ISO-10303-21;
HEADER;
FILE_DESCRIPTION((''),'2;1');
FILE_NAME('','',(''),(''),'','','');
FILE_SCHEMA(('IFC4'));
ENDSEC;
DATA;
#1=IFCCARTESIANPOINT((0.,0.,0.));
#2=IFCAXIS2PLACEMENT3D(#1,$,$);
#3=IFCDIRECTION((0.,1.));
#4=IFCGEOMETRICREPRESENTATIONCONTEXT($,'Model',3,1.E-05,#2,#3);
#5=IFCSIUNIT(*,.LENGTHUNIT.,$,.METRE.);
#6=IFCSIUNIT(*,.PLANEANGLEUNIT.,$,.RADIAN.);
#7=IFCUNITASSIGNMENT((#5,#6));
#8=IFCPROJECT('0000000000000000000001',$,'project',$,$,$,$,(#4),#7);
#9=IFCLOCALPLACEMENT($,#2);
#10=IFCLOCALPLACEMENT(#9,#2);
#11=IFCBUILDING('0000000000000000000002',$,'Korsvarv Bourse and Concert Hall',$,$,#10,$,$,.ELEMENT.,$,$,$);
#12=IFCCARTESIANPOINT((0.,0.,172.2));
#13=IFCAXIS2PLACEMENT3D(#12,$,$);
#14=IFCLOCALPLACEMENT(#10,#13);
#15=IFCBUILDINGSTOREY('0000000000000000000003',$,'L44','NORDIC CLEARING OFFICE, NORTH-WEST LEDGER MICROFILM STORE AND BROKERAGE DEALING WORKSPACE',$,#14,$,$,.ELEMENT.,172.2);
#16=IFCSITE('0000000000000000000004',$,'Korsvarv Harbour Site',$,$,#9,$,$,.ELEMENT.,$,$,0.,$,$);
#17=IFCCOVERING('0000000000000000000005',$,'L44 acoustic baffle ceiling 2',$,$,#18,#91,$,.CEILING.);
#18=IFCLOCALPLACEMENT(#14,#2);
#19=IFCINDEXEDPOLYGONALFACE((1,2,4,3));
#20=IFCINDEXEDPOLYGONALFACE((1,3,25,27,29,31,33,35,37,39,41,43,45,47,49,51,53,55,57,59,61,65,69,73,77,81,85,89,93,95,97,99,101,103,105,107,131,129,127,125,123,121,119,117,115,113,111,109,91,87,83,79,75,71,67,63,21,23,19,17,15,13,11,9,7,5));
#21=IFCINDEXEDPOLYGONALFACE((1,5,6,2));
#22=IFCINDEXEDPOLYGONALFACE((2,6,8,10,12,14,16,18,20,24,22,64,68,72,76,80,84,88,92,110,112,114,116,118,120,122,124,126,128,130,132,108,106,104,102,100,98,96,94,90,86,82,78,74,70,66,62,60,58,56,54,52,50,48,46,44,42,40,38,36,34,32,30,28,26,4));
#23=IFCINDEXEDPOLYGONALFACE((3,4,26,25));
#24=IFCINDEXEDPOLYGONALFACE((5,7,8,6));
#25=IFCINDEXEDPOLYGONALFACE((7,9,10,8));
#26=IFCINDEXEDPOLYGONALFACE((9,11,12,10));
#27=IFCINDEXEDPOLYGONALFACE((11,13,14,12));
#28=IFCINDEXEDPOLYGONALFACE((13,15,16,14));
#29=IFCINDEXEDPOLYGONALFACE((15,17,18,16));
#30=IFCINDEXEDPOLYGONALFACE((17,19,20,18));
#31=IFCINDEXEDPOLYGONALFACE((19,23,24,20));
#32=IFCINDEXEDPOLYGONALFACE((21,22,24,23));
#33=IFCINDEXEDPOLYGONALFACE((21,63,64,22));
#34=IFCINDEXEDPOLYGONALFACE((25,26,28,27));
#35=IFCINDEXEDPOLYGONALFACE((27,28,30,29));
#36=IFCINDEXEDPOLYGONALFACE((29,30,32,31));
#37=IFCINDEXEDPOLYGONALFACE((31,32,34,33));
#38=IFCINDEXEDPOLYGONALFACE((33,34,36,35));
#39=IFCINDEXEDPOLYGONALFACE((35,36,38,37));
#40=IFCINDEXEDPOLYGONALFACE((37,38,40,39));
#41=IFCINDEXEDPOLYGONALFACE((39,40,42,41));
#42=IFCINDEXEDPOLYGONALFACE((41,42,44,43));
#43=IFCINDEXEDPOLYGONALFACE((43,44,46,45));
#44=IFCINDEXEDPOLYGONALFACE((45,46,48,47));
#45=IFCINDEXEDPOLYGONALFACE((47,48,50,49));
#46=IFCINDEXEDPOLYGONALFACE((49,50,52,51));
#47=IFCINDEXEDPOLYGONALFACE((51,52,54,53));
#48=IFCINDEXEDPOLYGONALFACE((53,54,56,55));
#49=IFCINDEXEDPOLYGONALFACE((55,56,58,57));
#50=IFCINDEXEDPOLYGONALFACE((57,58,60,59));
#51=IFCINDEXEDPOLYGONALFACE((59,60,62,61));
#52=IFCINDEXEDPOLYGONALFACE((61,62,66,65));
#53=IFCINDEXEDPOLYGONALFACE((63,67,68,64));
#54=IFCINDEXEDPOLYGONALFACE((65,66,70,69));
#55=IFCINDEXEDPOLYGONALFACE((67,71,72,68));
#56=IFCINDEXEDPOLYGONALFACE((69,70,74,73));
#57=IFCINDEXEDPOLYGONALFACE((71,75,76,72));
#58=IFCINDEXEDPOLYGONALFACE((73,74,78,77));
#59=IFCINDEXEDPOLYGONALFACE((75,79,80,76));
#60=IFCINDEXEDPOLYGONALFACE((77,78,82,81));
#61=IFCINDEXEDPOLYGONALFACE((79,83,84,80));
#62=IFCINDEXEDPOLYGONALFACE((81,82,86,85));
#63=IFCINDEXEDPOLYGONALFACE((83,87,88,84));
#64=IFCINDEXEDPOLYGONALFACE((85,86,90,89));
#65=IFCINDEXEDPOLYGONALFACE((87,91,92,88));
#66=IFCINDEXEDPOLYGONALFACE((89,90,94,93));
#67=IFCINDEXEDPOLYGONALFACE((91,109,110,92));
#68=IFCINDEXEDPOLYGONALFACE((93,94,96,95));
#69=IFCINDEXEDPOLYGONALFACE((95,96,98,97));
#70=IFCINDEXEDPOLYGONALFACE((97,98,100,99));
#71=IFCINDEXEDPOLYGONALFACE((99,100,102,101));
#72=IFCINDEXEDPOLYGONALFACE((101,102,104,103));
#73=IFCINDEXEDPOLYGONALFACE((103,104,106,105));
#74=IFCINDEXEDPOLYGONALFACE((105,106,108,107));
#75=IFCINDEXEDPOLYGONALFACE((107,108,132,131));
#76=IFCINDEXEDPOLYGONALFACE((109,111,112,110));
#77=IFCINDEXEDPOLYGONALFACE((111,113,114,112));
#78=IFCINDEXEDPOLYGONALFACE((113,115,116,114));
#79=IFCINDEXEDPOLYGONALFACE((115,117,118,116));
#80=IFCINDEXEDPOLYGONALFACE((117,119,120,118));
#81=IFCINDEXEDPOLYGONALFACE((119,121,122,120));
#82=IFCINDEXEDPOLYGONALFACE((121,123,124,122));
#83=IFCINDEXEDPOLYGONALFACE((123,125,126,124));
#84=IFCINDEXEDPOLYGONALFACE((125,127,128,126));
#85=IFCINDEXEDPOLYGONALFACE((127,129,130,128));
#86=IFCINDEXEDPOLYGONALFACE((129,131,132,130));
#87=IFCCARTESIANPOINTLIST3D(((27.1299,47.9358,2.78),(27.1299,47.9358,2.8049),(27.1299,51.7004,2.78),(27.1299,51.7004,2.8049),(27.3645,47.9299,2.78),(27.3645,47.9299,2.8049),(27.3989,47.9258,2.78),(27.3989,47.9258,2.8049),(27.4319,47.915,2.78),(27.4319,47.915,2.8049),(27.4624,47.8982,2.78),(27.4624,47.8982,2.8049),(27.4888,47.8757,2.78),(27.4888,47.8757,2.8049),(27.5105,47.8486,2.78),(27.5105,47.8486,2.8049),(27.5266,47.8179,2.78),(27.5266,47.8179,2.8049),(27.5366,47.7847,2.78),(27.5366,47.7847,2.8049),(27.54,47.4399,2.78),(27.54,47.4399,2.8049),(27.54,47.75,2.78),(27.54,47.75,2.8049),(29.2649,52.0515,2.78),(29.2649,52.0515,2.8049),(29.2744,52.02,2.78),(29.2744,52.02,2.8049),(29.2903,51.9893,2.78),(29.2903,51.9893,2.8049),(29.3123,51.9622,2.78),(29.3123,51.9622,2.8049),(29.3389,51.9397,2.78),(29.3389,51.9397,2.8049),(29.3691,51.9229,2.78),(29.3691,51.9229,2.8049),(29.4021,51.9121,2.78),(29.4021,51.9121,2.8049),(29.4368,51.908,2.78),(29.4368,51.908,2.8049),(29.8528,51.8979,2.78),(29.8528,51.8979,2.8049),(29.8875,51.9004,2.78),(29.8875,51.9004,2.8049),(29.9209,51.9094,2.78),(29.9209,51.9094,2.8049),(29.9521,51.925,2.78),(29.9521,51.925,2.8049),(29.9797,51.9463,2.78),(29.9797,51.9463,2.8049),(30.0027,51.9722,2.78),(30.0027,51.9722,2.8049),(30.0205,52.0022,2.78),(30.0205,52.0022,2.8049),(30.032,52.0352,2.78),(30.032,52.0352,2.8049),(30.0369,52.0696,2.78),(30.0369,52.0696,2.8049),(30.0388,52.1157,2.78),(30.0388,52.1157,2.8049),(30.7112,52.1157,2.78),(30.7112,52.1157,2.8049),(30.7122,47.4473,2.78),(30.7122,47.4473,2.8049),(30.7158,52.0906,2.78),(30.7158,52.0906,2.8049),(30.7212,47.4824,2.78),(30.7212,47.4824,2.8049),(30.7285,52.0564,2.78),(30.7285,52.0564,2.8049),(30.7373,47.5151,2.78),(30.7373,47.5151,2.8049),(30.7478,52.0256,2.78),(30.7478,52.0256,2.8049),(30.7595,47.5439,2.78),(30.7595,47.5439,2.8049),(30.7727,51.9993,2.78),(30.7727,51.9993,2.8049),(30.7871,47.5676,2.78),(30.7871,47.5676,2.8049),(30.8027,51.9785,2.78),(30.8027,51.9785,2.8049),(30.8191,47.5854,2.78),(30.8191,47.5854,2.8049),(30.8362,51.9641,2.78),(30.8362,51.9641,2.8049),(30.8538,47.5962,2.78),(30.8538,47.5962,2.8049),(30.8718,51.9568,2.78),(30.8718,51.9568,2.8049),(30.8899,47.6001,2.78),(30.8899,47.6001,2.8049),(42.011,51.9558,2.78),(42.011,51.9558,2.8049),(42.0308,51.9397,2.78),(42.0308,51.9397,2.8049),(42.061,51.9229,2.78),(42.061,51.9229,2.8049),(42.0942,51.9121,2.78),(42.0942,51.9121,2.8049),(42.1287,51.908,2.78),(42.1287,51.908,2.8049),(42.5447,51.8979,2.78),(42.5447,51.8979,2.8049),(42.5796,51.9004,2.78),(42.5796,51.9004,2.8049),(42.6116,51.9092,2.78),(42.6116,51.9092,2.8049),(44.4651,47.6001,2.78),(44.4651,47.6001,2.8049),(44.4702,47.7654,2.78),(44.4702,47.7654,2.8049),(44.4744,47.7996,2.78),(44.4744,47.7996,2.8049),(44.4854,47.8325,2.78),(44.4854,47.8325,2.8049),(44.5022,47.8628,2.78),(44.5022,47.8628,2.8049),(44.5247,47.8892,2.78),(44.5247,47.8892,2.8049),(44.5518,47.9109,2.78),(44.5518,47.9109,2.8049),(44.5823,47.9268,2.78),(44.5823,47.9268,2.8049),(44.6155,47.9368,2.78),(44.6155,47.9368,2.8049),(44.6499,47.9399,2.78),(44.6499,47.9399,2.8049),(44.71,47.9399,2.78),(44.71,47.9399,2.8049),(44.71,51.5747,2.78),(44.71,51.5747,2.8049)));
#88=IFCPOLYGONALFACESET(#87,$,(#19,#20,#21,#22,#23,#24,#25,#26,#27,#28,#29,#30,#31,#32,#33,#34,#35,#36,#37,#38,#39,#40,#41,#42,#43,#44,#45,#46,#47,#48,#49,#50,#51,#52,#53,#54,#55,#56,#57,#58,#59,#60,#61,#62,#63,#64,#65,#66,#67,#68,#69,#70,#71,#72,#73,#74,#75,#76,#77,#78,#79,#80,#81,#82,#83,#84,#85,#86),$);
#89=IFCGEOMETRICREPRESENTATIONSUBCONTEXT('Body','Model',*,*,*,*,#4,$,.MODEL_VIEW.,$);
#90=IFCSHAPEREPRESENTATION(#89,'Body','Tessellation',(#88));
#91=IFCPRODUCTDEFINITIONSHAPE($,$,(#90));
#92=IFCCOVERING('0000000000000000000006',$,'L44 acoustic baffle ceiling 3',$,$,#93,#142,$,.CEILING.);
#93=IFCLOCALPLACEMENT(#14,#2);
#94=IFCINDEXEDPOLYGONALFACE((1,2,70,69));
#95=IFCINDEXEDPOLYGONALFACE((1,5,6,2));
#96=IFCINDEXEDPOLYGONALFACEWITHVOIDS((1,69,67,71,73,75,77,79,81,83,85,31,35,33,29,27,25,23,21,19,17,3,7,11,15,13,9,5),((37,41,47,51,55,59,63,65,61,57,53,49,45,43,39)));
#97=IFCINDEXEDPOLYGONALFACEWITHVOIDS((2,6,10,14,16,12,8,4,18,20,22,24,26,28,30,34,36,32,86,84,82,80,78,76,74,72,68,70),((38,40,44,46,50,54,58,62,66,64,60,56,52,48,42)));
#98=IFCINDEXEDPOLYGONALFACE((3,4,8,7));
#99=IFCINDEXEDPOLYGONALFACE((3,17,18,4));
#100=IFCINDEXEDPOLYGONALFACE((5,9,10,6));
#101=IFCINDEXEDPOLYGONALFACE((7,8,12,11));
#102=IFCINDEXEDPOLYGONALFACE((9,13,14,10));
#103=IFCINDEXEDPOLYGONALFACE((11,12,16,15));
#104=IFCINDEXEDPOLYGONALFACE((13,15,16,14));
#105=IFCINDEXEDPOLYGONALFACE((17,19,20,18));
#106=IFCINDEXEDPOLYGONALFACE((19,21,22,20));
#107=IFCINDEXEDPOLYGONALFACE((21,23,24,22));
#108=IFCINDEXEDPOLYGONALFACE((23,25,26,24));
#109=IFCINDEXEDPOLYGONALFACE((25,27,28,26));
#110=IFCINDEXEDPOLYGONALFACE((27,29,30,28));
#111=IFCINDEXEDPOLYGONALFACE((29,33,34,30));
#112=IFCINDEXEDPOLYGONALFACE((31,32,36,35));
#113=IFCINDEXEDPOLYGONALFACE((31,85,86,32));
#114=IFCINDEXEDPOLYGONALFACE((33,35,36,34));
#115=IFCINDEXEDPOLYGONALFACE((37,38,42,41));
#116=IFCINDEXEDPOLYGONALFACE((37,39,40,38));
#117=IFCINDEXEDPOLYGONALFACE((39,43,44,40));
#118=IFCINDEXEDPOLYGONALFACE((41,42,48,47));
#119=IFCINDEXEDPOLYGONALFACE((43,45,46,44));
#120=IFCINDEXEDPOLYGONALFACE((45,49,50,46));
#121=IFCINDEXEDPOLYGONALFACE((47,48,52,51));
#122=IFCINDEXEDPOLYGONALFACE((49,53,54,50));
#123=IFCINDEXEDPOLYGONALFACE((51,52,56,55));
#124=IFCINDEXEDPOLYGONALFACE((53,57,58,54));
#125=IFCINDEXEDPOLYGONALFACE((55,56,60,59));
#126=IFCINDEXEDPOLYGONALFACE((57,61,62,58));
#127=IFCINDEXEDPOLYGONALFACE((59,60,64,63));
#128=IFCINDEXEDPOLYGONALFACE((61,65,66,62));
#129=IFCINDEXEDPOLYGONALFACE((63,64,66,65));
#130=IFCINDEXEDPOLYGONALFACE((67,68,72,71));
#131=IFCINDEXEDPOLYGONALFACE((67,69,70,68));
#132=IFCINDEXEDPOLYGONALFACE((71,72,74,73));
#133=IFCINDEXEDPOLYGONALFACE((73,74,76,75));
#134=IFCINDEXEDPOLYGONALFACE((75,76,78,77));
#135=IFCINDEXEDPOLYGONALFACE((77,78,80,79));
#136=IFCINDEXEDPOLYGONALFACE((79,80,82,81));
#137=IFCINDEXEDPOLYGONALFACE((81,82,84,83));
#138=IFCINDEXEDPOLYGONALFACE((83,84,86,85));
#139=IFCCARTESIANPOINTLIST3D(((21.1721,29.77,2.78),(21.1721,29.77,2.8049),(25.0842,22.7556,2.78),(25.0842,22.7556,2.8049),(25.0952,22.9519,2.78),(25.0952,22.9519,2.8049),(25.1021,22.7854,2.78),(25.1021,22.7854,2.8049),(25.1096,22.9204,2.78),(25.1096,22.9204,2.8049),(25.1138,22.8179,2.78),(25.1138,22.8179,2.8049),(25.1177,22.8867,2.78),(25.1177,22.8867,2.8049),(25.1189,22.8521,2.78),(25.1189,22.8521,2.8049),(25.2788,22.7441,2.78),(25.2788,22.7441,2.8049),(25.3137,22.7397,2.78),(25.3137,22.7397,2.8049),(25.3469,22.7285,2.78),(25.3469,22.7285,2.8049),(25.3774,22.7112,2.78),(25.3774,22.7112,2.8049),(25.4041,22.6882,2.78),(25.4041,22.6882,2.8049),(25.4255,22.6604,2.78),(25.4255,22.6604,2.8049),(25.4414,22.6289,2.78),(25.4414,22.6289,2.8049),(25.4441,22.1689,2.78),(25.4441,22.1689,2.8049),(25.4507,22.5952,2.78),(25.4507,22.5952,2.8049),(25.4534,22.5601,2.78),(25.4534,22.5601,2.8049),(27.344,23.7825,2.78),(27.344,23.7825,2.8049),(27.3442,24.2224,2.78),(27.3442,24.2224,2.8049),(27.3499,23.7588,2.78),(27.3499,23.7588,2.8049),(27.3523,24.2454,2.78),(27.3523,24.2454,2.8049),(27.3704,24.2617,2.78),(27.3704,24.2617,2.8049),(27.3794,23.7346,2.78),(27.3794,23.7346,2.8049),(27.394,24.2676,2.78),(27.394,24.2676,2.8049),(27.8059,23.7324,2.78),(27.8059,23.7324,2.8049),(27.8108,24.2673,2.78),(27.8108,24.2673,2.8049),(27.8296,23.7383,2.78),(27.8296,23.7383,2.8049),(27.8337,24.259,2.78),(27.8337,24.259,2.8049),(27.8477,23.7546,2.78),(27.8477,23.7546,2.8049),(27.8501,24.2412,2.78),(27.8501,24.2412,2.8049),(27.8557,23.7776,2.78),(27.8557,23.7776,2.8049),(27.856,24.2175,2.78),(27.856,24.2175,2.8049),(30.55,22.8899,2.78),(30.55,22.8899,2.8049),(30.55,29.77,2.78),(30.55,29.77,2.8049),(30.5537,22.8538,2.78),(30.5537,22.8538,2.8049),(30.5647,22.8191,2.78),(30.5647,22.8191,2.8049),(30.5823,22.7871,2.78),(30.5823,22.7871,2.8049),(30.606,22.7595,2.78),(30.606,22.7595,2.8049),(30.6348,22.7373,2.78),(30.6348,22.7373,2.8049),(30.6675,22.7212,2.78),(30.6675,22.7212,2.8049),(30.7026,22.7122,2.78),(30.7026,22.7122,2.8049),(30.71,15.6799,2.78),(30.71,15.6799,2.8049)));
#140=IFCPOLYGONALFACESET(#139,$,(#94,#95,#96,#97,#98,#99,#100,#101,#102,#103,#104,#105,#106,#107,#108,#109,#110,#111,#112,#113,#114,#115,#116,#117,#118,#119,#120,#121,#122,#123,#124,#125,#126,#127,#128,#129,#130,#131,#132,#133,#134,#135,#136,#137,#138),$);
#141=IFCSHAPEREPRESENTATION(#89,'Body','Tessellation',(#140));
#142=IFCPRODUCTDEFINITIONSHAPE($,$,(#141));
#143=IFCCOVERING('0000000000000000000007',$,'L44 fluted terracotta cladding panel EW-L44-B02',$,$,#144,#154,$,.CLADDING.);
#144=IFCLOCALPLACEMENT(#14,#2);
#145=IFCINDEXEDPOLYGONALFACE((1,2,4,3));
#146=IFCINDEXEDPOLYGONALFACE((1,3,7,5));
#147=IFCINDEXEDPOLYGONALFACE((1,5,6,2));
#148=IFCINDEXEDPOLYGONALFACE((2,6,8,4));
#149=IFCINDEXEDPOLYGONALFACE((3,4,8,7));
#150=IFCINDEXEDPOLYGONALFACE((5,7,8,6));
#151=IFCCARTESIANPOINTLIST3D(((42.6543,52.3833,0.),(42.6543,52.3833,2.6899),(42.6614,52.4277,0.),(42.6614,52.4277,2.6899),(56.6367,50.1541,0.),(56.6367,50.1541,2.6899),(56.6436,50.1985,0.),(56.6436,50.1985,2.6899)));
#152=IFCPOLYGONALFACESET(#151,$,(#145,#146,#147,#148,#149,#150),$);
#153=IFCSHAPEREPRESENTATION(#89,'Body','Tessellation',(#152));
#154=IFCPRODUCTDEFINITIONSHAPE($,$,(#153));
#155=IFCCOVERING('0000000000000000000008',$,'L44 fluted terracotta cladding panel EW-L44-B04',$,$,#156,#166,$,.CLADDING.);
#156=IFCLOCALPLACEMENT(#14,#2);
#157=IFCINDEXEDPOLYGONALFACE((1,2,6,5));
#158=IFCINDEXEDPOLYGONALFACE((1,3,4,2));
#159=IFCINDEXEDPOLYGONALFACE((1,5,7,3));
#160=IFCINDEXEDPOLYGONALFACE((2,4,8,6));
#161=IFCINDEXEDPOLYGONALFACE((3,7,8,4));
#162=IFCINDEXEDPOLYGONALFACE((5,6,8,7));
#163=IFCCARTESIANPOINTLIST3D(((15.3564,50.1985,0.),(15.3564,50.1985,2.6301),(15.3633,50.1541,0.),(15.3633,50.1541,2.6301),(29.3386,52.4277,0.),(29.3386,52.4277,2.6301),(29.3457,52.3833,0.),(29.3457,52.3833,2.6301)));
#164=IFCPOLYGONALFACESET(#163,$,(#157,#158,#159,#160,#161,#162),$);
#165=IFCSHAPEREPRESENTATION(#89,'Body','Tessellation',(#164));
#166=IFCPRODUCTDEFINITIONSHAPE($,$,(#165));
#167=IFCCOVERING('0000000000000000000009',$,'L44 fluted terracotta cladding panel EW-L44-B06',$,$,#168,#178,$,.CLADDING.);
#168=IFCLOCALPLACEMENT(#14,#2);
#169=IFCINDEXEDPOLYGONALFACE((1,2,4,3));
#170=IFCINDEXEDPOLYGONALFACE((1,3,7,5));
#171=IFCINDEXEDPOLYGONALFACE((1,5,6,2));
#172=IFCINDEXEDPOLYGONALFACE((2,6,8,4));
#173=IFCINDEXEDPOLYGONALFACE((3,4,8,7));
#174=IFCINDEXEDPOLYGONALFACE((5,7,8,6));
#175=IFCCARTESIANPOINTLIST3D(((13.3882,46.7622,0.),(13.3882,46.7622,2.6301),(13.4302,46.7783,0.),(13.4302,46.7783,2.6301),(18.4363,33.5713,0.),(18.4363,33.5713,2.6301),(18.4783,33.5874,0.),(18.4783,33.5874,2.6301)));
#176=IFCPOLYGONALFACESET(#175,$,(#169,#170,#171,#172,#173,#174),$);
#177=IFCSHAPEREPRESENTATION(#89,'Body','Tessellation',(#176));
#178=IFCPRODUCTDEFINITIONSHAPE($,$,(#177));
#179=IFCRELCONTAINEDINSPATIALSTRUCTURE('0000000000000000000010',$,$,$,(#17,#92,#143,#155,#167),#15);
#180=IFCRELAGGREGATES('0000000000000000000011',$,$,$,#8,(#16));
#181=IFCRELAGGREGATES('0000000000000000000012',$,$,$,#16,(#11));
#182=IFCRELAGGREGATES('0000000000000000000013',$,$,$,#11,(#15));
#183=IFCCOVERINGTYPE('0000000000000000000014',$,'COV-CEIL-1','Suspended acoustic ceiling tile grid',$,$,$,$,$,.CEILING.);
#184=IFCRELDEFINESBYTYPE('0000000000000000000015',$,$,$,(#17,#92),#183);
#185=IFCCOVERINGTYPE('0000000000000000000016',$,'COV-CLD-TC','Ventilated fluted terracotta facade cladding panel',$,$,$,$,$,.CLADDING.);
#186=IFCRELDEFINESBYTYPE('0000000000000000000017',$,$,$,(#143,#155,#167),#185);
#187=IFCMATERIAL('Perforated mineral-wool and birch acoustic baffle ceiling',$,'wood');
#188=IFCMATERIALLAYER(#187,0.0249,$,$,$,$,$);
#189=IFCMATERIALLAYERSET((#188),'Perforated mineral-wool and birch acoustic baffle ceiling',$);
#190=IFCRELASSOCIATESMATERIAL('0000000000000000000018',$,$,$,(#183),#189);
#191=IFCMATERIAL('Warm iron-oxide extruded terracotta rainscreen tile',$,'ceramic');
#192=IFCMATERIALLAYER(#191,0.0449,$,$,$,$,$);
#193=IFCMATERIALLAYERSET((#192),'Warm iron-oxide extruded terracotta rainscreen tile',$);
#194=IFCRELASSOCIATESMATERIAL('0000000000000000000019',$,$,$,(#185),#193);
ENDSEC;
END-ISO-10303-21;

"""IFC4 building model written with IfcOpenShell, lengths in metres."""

from ifc_helpers import new_model, si_unit, direction, frame, origin, place, context, subcontext, project, spatial, polyline, outline, extrude, material, layer, layer_set, type_object, element, save


model = new_model("IFC4")

# Units and contexts
model_context = context("Model", 3, precision=1e-05, world=origin(), true_north=direction((0.0, 1.0)))
body_context = subcontext(model_context, "Body", "Model", "MODEL_VIEW")
ifc_project = project(units=[si_unit("LENGTHUNIT", "METRE"), si_unit("PLANEANGLEUNIT", "RADIAN")], contexts=[model_context])

# Site, building, storey
site_placement = place(None, origin())
site = spatial("IfcSite", under=ifc_project, at=site_placement, Name="Korsvarv Harbour Site", CompositionType="ELEMENT", RefElevation=0.0)
building_placement = place(site_placement, origin())
building = spatial("IfcBuilding", under=site, at=building_placement, Name="Korsvarv Bourse and Concert Hall", CompositionType="ELEMENT")
storey_placement = place(building_placement, frame((0.0, 0.0, 172.2)))
storey = spatial("IfcBuildingStorey", under=building, at=storey_placement, Name="L44", Description="NORDIC CLEARING OFFICE, NORTH-WEST LEDGER MICROFILM STORE AND BROKERAGE DEALING WORKSPACE", CompositionType="ELEMENT", Elevation=172.2)

# Coverings
ifc_material_1 = material(Name="Perforated mineral-wool and birch acoustic baffle ceiling", Category="wood")
ifc_layer_1 = layer(ifc_material_1, 0.0249)
ifc_layer_set_1 = layer_set([ifc_layer_1], Name="Perforated mineral-wool and birch acoustic baffle ceiling")
covering_type_1 = type_object("IfcCoveringType", Name="COV-CEIL-1", Description="Suspended acoustic ceiling tile grid", PredefinedType="CEILING", material=ifc_layer_set_1)
covering_1_placement = place(storey_placement, frame((0.0, 0.0, 2.78)))
element("IfcCovering", 1, at=covering_1_placement, inside=storey, type_object=covering_type_1, Name="L44 acoustic baffle ceiling 2", PredefinedType="CEILING", context=body_context, shape_type="SweptSolid", body=[
    extrude(outline(polyline([(29.2649, 52.0515), (29.2744, 52.02), (29.2903, 51.9893), (29.3123, 51.9622), (29.3389, 51.9397), (29.3691, 51.9229), (29.4021, 51.9121), (29.4368, 51.908), (29.8528, 51.8979), (29.8875, 51.9004), (29.9209, 51.9094), (29.9521, 51.925), (29.9797, 51.9463), (30.0027, 51.9722), (30.0205, 52.0022), (30.032, 52.0352), (30.0369, 52.0696), (30.0388, 52.1157), (30.7112, 52.1157), (30.7158, 52.0906), (30.7285, 52.0564), (30.7478, 52.0256), (30.7727, 51.9993), (30.8027, 51.9785), (30.8362, 51.9641), (30.8718, 51.9568), (42.011, 51.9558), (42.0308, 51.9397), (42.061, 51.9229), (42.0942, 51.9121), (42.1287, 51.908), (42.5447, 51.8979), (42.5796, 51.9004), (42.6116, 51.9092), (44.71, 51.5747), (44.71, 47.9399), (44.6499, 47.9399), (44.6155, 47.9368), (44.5823, 47.9268), (44.5518, 47.9109), (44.5247, 47.8892), (44.5022, 47.8628), (44.4854, 47.8325), (44.4744, 47.7996), (44.4702, 47.7654), (44.4651, 47.6001), (30.8899, 47.6001), (30.8538, 47.5962), (30.8191, 47.5854), (30.7871, 47.5676), (30.7595, 47.5439), (30.7373, 47.5151), (30.7212, 47.4824), (30.7122, 47.4473), (27.54, 47.4399), (27.54, 47.75), (27.5366, 47.7847), (27.5266, 47.8179), (27.5105, 47.8486), (27.4888, 47.8757), (27.4624, 47.8982), (27.4319, 47.915), (27.3989, 47.9258), (27.3645, 47.9299), (27.1299, 47.9358), (27.1299, 51.7004), (29.2649, 52.0515)])), origin(), (0.0, 0.0, 1.0), 0.0249),
])
covering_2_placement = place(storey_placement, frame((0.0, 0.0, 2.78)))
element("IfcCovering", 2, at=covering_2_placement, inside=storey, type_object=covering_type_1, Name="L44 acoustic baffle ceiling 3", PredefinedType="CEILING", context=body_context, shape_type="SweptSolid", body=[
    extrude(outline(polyline([(25.0842, 22.7556), (25.1021, 22.7854), (25.1138, 22.8179), (25.1189, 22.8521), (25.1177, 22.8867), (25.1096, 22.9204), (25.0952, 22.9519), (21.1721, 29.77), (30.55, 29.77), (30.55, 22.8899), (30.5537, 22.8538), (30.5647, 22.8191), (30.5823, 22.7871), (30.606, 22.7595), (30.6348, 22.7373), (30.6675, 22.7212), (30.7026, 22.7122), (30.71, 15.6799), (25.4441, 22.1689), (25.4534, 22.5601), (25.4507, 22.5952), (25.4414, 22.6289), (25.4255, 22.6604), (25.4041, 22.6882), (25.3774, 22.7112), (25.3469, 22.7285), (25.3137, 22.7397), (25.2788, 22.7441), (25.0842, 22.7556)]), holes=[polyline([(27.3794, 23.7346), (27.8059, 23.7324), (27.8296, 23.7383), (27.8477, 23.7546), (27.8557, 23.7776), (27.856, 24.2175), (27.8501, 24.2412), (27.8337, 24.259), (27.8108, 24.2673), (27.394, 24.2676), (27.3704, 24.2617), (27.3523, 24.2454), (27.3442, 24.2224), (27.344, 23.7825), (27.3499, 23.7588), (27.3794, 23.7346)])]), origin(), (0.0, 0.0, 1.0), 0.0249),
])
ifc_material_2 = material(Name="Warm iron-oxide extruded terracotta rainscreen tile", Category="ceramic")
ifc_layer_2 = layer(ifc_material_2, 0.0449)
ifc_layer_set_2 = layer_set([ifc_layer_2], Name="Warm iron-oxide extruded terracotta rainscreen tile")
covering_type_2 = type_object("IfcCoveringType", Name="COV-CLD-TC", Description="Ventilated fluted terracotta facade cladding panel", PredefinedType="CLADDING", material=ifc_layer_set_2)
covering_3_placement = place(storey_placement, origin())
element("IfcCovering", 3, at=covering_3_placement, inside=storey, type_object=covering_type_2, Name="L44 fluted terracotta cladding panel EW-L44-B02", PredefinedType="CLADDING", context=body_context, shape_type="SweptSolid", body=[
    extrude(outline(polyline([(56.6367, 50.1541), (42.6543, 52.3833), (42.6614, 52.4277), (56.6436, 50.1985), (56.6367, 50.1541)])), origin(), (0.0, 0.0, 1.0), 2.6899),
])
covering_4_placement = place(storey_placement, origin())
element("IfcCovering", 4, at=covering_4_placement, inside=storey, type_object=covering_type_2, Name="L44 fluted terracotta cladding panel EW-L44-B04", PredefinedType="CLADDING", context=body_context, shape_type="SweptSolid", body=[
    extrude(outline(polyline([(29.3457, 52.3833), (15.3633, 50.1541), (15.3564, 50.1985), (29.3386, 52.4277), (29.3457, 52.3833)])), origin(), (0.0, 0.0, 1.0), 2.6301),
])
covering_5_placement = place(storey_placement, origin())
element("IfcCovering", 5, at=covering_5_placement, inside=storey, type_object=covering_type_2, Name="L44 fluted terracotta cladding panel EW-L44-B06", PredefinedType="CLADDING", context=body_context, shape_type="SweptSolid", body=[
    extrude(outline(polyline([(13.4302, 46.7783), (18.4783, 33.5874), (18.4363, 33.5713), (13.3882, 46.7622), (13.4302, 46.7783)])), origin(), (0.0, 0.0, 1.0), 2.6301),
])

save(model, "model.ifc")
